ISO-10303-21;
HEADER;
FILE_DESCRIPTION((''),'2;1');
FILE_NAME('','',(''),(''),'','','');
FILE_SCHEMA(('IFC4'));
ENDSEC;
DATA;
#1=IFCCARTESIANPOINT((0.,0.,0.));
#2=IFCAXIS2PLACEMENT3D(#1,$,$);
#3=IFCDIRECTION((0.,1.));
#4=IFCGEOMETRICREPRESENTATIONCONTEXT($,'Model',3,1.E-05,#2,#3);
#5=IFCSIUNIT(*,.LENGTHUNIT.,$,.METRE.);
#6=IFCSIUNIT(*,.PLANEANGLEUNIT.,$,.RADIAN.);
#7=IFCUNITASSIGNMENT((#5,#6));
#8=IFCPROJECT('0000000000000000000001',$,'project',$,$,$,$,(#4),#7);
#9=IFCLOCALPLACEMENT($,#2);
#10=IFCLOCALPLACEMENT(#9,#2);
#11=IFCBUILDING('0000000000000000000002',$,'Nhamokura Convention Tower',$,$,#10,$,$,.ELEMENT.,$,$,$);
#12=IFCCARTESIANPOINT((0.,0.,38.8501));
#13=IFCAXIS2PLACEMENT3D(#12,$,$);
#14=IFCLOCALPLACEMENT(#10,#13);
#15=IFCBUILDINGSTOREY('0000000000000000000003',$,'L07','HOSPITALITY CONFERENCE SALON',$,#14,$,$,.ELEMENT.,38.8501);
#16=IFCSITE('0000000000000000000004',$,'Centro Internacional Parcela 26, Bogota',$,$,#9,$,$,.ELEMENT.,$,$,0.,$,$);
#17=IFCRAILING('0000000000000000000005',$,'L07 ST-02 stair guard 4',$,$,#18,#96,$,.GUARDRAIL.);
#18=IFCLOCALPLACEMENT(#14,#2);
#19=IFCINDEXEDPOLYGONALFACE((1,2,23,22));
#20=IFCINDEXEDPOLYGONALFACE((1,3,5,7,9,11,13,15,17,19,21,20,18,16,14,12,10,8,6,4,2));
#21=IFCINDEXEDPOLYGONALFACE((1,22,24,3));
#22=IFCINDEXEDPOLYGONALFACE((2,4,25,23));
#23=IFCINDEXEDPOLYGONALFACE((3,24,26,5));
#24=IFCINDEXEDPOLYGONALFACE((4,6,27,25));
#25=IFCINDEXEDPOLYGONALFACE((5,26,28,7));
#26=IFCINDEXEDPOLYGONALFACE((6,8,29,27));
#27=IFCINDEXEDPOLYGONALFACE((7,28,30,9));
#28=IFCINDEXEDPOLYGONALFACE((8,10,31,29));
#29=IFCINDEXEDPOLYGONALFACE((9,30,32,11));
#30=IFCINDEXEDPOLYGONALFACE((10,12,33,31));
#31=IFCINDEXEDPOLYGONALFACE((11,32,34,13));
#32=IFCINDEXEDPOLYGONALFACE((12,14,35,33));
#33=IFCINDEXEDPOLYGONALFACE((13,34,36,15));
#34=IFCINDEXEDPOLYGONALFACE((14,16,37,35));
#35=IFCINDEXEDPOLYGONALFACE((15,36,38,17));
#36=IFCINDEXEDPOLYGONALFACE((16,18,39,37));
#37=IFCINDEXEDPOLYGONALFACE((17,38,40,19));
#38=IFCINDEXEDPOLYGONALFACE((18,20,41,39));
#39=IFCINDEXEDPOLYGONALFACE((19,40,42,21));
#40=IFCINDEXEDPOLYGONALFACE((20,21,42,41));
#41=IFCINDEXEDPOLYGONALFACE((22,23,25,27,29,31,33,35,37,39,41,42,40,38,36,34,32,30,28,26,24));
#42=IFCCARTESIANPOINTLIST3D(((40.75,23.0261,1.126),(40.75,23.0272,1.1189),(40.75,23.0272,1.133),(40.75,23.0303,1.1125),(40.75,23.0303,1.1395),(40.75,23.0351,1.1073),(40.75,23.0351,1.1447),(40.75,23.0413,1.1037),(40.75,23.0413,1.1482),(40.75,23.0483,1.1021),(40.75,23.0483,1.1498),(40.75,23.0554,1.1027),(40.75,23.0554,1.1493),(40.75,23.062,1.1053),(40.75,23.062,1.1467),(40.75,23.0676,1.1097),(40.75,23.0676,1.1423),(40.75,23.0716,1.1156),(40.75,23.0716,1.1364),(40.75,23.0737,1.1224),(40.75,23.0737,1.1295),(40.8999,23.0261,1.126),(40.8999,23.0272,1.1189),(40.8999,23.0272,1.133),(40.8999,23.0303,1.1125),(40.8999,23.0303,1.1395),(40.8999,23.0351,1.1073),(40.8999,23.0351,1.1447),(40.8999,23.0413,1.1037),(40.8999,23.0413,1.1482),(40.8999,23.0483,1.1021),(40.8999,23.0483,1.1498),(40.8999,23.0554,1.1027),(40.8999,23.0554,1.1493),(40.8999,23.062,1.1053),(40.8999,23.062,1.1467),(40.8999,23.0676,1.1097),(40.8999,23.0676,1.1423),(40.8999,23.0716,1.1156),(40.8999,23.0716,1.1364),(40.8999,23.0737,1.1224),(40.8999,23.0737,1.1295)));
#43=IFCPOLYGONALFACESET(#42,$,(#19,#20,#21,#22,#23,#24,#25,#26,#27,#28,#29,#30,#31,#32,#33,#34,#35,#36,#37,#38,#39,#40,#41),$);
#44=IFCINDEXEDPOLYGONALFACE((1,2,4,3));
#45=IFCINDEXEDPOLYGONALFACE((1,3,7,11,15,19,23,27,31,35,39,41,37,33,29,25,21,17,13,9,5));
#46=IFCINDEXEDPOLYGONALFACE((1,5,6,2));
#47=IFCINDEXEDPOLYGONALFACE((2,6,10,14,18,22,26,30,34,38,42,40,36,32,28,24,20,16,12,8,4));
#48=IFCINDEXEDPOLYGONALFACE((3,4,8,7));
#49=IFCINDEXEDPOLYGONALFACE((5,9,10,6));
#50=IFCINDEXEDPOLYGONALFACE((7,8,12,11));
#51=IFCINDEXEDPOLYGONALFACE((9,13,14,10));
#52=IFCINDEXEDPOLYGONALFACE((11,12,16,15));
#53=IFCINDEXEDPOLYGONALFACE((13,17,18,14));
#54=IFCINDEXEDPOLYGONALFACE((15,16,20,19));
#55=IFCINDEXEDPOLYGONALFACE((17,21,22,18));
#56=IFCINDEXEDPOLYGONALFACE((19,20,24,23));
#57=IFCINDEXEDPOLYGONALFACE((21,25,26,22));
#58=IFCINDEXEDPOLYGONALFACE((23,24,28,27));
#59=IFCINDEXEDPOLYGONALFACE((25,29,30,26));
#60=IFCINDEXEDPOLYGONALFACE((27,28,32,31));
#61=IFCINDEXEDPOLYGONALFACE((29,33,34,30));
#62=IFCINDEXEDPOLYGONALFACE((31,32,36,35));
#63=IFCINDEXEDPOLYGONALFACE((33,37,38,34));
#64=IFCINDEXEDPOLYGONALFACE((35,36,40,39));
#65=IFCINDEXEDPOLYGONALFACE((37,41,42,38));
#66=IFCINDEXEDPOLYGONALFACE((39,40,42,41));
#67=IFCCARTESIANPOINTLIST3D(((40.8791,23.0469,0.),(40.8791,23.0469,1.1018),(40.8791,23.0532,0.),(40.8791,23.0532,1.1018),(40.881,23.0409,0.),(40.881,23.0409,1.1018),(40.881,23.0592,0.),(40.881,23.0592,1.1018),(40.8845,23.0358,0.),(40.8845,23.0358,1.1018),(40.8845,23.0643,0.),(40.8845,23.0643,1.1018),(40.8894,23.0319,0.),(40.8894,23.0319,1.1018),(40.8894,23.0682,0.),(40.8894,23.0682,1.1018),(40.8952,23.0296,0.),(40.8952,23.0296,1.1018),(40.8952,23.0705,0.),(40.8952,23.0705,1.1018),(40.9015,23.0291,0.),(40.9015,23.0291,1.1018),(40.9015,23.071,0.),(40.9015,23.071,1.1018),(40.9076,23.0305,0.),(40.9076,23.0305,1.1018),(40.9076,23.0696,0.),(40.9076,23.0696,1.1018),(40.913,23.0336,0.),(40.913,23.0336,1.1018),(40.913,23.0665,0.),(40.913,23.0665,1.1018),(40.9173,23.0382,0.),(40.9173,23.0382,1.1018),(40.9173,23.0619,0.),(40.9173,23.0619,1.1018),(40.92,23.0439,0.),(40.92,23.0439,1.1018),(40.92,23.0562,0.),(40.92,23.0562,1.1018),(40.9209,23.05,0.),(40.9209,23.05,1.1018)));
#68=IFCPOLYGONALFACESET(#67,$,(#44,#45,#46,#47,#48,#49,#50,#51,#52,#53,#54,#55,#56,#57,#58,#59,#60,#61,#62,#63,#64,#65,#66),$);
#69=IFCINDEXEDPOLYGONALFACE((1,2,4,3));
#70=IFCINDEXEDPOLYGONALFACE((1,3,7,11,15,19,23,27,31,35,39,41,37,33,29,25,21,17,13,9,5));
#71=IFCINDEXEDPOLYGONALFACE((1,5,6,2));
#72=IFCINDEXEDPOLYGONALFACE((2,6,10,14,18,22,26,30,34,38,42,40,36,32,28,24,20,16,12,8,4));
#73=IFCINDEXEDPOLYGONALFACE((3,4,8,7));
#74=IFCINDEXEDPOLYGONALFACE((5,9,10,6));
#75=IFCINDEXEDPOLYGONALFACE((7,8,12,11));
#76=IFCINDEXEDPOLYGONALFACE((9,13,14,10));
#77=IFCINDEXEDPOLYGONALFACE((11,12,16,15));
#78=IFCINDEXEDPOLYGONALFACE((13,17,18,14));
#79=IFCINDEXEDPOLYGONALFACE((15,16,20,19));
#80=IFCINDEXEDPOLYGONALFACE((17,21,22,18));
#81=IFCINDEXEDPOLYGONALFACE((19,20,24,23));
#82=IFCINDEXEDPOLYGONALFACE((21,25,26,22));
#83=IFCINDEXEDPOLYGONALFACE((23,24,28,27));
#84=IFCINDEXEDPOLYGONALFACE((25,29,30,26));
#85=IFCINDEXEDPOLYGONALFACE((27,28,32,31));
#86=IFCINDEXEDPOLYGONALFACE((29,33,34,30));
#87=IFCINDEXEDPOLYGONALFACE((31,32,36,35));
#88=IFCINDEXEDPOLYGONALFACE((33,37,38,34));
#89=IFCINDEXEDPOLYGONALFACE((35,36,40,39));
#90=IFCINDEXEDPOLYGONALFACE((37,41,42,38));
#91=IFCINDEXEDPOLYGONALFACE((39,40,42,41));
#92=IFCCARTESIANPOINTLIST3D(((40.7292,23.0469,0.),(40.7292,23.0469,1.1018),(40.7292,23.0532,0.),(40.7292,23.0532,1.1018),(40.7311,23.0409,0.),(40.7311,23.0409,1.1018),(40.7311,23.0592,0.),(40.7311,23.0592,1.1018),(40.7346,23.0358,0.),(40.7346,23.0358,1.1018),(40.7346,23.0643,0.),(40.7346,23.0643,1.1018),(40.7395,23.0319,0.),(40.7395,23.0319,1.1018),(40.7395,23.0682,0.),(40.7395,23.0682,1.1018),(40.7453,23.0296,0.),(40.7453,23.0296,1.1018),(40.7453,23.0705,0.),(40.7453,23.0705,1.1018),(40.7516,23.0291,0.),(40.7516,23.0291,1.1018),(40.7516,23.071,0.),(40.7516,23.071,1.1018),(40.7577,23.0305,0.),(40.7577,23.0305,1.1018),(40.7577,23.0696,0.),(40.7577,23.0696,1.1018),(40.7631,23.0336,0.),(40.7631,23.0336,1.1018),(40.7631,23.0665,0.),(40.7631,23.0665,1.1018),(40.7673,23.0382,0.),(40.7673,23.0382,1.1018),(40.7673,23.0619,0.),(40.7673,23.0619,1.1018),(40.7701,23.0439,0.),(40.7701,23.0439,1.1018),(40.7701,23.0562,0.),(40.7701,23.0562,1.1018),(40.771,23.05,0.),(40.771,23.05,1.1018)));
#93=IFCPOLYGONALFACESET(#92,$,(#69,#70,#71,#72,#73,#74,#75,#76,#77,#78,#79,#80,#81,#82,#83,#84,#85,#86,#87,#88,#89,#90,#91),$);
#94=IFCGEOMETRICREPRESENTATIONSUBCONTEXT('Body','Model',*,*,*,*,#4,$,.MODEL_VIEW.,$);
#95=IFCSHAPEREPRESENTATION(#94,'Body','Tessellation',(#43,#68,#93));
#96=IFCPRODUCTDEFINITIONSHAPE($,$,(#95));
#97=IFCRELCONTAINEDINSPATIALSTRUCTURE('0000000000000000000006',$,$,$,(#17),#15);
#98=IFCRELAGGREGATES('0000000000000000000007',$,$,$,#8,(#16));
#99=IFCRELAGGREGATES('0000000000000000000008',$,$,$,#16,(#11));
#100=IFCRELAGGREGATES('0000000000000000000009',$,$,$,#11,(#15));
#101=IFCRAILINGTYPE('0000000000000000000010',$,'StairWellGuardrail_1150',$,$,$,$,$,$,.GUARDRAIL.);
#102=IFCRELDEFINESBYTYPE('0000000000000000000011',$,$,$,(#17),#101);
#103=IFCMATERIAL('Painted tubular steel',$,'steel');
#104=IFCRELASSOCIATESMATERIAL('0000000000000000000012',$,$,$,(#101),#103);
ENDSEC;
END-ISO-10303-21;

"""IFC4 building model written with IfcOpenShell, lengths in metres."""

from ifc_helpers import new_model, si_unit, direction, frame, origin, origin_2d, place, context, subcontext, project, spatial, circle, extrude, material, type_object, element, save


model = new_model("IFC4")

# Units and contexts
model_context = context("Model", 3, precision=1e-05, world=origin(), true_north=direction((0.0, 1.0)))
body_context = subcontext(model_context, "Body", "Model", "MODEL_VIEW")
ifc_project = project(units=[si_unit("LENGTHUNIT", "METRE"), si_unit("PLANEANGLEUNIT", "RADIAN")], contexts=[model_context])

# Site, building, storey
site_placement = place(None, origin())
site = spatial("IfcSite", under=ifc_project, at=site_placement, Name="Centro Internacional Parcela 26, Bogota", CompositionType="ELEMENT", RefElevation=0.0)
building_placement = place(site_placement, origin())
building = spatial("IfcBuilding", under=site, at=building_placement, Name="Nhamokura Convention Tower", CompositionType="ELEMENT")
storey_placement = place(building_placement, frame((0.0, 0.0, 38.8501)))
storey = spatial("IfcBuildingStorey", under=building, at=storey_placement, Name="L07", Description="HOSPITALITY CONFERENCE SALON", CompositionType="ELEMENT", Elevation=38.8501)

# Railing
ifc_material_1 = material(Name="Painted tubular steel", Category="steel")
railing_type_1 = type_object("IfcRailingType", Name="StairWellGuardrail_1150", PredefinedType="GUARDRAIL", material=ifc_material_1)
railing_1_placement = place(storey_placement, frame((40.8999, 23.05, 0.0)))
element("IfcRailing", 1, at=railing_1_placement, inside=storey, type_object=railing_type_1, Name="L07 ST-02 stair guard 4", PredefinedType="GUARDRAIL", context=body_context, shape_type="SweptSolid", body=[
    extrude(circle(Radius=0.0239, at=origin_2d()), frame((0.0, 0.0, 1.126), z_axis=(-1.0, 0.0, 0.0), x_axis=(0.0, -1.0, 0.0)), (0.0, 0.0, 1.0), 0.1499),
    extrude(circle(Radius=0.021, at=origin_2d()), origin(), (0.0, 0.0, 1.0), 1.1018),
    extrude(circle(Radius=0.021, at=origin_2d()), frame((-0.1499, 0.0, 0.0)), (0.0, 0.0, 1.0), 1.1018),
])

save(model, "model.ifc")
